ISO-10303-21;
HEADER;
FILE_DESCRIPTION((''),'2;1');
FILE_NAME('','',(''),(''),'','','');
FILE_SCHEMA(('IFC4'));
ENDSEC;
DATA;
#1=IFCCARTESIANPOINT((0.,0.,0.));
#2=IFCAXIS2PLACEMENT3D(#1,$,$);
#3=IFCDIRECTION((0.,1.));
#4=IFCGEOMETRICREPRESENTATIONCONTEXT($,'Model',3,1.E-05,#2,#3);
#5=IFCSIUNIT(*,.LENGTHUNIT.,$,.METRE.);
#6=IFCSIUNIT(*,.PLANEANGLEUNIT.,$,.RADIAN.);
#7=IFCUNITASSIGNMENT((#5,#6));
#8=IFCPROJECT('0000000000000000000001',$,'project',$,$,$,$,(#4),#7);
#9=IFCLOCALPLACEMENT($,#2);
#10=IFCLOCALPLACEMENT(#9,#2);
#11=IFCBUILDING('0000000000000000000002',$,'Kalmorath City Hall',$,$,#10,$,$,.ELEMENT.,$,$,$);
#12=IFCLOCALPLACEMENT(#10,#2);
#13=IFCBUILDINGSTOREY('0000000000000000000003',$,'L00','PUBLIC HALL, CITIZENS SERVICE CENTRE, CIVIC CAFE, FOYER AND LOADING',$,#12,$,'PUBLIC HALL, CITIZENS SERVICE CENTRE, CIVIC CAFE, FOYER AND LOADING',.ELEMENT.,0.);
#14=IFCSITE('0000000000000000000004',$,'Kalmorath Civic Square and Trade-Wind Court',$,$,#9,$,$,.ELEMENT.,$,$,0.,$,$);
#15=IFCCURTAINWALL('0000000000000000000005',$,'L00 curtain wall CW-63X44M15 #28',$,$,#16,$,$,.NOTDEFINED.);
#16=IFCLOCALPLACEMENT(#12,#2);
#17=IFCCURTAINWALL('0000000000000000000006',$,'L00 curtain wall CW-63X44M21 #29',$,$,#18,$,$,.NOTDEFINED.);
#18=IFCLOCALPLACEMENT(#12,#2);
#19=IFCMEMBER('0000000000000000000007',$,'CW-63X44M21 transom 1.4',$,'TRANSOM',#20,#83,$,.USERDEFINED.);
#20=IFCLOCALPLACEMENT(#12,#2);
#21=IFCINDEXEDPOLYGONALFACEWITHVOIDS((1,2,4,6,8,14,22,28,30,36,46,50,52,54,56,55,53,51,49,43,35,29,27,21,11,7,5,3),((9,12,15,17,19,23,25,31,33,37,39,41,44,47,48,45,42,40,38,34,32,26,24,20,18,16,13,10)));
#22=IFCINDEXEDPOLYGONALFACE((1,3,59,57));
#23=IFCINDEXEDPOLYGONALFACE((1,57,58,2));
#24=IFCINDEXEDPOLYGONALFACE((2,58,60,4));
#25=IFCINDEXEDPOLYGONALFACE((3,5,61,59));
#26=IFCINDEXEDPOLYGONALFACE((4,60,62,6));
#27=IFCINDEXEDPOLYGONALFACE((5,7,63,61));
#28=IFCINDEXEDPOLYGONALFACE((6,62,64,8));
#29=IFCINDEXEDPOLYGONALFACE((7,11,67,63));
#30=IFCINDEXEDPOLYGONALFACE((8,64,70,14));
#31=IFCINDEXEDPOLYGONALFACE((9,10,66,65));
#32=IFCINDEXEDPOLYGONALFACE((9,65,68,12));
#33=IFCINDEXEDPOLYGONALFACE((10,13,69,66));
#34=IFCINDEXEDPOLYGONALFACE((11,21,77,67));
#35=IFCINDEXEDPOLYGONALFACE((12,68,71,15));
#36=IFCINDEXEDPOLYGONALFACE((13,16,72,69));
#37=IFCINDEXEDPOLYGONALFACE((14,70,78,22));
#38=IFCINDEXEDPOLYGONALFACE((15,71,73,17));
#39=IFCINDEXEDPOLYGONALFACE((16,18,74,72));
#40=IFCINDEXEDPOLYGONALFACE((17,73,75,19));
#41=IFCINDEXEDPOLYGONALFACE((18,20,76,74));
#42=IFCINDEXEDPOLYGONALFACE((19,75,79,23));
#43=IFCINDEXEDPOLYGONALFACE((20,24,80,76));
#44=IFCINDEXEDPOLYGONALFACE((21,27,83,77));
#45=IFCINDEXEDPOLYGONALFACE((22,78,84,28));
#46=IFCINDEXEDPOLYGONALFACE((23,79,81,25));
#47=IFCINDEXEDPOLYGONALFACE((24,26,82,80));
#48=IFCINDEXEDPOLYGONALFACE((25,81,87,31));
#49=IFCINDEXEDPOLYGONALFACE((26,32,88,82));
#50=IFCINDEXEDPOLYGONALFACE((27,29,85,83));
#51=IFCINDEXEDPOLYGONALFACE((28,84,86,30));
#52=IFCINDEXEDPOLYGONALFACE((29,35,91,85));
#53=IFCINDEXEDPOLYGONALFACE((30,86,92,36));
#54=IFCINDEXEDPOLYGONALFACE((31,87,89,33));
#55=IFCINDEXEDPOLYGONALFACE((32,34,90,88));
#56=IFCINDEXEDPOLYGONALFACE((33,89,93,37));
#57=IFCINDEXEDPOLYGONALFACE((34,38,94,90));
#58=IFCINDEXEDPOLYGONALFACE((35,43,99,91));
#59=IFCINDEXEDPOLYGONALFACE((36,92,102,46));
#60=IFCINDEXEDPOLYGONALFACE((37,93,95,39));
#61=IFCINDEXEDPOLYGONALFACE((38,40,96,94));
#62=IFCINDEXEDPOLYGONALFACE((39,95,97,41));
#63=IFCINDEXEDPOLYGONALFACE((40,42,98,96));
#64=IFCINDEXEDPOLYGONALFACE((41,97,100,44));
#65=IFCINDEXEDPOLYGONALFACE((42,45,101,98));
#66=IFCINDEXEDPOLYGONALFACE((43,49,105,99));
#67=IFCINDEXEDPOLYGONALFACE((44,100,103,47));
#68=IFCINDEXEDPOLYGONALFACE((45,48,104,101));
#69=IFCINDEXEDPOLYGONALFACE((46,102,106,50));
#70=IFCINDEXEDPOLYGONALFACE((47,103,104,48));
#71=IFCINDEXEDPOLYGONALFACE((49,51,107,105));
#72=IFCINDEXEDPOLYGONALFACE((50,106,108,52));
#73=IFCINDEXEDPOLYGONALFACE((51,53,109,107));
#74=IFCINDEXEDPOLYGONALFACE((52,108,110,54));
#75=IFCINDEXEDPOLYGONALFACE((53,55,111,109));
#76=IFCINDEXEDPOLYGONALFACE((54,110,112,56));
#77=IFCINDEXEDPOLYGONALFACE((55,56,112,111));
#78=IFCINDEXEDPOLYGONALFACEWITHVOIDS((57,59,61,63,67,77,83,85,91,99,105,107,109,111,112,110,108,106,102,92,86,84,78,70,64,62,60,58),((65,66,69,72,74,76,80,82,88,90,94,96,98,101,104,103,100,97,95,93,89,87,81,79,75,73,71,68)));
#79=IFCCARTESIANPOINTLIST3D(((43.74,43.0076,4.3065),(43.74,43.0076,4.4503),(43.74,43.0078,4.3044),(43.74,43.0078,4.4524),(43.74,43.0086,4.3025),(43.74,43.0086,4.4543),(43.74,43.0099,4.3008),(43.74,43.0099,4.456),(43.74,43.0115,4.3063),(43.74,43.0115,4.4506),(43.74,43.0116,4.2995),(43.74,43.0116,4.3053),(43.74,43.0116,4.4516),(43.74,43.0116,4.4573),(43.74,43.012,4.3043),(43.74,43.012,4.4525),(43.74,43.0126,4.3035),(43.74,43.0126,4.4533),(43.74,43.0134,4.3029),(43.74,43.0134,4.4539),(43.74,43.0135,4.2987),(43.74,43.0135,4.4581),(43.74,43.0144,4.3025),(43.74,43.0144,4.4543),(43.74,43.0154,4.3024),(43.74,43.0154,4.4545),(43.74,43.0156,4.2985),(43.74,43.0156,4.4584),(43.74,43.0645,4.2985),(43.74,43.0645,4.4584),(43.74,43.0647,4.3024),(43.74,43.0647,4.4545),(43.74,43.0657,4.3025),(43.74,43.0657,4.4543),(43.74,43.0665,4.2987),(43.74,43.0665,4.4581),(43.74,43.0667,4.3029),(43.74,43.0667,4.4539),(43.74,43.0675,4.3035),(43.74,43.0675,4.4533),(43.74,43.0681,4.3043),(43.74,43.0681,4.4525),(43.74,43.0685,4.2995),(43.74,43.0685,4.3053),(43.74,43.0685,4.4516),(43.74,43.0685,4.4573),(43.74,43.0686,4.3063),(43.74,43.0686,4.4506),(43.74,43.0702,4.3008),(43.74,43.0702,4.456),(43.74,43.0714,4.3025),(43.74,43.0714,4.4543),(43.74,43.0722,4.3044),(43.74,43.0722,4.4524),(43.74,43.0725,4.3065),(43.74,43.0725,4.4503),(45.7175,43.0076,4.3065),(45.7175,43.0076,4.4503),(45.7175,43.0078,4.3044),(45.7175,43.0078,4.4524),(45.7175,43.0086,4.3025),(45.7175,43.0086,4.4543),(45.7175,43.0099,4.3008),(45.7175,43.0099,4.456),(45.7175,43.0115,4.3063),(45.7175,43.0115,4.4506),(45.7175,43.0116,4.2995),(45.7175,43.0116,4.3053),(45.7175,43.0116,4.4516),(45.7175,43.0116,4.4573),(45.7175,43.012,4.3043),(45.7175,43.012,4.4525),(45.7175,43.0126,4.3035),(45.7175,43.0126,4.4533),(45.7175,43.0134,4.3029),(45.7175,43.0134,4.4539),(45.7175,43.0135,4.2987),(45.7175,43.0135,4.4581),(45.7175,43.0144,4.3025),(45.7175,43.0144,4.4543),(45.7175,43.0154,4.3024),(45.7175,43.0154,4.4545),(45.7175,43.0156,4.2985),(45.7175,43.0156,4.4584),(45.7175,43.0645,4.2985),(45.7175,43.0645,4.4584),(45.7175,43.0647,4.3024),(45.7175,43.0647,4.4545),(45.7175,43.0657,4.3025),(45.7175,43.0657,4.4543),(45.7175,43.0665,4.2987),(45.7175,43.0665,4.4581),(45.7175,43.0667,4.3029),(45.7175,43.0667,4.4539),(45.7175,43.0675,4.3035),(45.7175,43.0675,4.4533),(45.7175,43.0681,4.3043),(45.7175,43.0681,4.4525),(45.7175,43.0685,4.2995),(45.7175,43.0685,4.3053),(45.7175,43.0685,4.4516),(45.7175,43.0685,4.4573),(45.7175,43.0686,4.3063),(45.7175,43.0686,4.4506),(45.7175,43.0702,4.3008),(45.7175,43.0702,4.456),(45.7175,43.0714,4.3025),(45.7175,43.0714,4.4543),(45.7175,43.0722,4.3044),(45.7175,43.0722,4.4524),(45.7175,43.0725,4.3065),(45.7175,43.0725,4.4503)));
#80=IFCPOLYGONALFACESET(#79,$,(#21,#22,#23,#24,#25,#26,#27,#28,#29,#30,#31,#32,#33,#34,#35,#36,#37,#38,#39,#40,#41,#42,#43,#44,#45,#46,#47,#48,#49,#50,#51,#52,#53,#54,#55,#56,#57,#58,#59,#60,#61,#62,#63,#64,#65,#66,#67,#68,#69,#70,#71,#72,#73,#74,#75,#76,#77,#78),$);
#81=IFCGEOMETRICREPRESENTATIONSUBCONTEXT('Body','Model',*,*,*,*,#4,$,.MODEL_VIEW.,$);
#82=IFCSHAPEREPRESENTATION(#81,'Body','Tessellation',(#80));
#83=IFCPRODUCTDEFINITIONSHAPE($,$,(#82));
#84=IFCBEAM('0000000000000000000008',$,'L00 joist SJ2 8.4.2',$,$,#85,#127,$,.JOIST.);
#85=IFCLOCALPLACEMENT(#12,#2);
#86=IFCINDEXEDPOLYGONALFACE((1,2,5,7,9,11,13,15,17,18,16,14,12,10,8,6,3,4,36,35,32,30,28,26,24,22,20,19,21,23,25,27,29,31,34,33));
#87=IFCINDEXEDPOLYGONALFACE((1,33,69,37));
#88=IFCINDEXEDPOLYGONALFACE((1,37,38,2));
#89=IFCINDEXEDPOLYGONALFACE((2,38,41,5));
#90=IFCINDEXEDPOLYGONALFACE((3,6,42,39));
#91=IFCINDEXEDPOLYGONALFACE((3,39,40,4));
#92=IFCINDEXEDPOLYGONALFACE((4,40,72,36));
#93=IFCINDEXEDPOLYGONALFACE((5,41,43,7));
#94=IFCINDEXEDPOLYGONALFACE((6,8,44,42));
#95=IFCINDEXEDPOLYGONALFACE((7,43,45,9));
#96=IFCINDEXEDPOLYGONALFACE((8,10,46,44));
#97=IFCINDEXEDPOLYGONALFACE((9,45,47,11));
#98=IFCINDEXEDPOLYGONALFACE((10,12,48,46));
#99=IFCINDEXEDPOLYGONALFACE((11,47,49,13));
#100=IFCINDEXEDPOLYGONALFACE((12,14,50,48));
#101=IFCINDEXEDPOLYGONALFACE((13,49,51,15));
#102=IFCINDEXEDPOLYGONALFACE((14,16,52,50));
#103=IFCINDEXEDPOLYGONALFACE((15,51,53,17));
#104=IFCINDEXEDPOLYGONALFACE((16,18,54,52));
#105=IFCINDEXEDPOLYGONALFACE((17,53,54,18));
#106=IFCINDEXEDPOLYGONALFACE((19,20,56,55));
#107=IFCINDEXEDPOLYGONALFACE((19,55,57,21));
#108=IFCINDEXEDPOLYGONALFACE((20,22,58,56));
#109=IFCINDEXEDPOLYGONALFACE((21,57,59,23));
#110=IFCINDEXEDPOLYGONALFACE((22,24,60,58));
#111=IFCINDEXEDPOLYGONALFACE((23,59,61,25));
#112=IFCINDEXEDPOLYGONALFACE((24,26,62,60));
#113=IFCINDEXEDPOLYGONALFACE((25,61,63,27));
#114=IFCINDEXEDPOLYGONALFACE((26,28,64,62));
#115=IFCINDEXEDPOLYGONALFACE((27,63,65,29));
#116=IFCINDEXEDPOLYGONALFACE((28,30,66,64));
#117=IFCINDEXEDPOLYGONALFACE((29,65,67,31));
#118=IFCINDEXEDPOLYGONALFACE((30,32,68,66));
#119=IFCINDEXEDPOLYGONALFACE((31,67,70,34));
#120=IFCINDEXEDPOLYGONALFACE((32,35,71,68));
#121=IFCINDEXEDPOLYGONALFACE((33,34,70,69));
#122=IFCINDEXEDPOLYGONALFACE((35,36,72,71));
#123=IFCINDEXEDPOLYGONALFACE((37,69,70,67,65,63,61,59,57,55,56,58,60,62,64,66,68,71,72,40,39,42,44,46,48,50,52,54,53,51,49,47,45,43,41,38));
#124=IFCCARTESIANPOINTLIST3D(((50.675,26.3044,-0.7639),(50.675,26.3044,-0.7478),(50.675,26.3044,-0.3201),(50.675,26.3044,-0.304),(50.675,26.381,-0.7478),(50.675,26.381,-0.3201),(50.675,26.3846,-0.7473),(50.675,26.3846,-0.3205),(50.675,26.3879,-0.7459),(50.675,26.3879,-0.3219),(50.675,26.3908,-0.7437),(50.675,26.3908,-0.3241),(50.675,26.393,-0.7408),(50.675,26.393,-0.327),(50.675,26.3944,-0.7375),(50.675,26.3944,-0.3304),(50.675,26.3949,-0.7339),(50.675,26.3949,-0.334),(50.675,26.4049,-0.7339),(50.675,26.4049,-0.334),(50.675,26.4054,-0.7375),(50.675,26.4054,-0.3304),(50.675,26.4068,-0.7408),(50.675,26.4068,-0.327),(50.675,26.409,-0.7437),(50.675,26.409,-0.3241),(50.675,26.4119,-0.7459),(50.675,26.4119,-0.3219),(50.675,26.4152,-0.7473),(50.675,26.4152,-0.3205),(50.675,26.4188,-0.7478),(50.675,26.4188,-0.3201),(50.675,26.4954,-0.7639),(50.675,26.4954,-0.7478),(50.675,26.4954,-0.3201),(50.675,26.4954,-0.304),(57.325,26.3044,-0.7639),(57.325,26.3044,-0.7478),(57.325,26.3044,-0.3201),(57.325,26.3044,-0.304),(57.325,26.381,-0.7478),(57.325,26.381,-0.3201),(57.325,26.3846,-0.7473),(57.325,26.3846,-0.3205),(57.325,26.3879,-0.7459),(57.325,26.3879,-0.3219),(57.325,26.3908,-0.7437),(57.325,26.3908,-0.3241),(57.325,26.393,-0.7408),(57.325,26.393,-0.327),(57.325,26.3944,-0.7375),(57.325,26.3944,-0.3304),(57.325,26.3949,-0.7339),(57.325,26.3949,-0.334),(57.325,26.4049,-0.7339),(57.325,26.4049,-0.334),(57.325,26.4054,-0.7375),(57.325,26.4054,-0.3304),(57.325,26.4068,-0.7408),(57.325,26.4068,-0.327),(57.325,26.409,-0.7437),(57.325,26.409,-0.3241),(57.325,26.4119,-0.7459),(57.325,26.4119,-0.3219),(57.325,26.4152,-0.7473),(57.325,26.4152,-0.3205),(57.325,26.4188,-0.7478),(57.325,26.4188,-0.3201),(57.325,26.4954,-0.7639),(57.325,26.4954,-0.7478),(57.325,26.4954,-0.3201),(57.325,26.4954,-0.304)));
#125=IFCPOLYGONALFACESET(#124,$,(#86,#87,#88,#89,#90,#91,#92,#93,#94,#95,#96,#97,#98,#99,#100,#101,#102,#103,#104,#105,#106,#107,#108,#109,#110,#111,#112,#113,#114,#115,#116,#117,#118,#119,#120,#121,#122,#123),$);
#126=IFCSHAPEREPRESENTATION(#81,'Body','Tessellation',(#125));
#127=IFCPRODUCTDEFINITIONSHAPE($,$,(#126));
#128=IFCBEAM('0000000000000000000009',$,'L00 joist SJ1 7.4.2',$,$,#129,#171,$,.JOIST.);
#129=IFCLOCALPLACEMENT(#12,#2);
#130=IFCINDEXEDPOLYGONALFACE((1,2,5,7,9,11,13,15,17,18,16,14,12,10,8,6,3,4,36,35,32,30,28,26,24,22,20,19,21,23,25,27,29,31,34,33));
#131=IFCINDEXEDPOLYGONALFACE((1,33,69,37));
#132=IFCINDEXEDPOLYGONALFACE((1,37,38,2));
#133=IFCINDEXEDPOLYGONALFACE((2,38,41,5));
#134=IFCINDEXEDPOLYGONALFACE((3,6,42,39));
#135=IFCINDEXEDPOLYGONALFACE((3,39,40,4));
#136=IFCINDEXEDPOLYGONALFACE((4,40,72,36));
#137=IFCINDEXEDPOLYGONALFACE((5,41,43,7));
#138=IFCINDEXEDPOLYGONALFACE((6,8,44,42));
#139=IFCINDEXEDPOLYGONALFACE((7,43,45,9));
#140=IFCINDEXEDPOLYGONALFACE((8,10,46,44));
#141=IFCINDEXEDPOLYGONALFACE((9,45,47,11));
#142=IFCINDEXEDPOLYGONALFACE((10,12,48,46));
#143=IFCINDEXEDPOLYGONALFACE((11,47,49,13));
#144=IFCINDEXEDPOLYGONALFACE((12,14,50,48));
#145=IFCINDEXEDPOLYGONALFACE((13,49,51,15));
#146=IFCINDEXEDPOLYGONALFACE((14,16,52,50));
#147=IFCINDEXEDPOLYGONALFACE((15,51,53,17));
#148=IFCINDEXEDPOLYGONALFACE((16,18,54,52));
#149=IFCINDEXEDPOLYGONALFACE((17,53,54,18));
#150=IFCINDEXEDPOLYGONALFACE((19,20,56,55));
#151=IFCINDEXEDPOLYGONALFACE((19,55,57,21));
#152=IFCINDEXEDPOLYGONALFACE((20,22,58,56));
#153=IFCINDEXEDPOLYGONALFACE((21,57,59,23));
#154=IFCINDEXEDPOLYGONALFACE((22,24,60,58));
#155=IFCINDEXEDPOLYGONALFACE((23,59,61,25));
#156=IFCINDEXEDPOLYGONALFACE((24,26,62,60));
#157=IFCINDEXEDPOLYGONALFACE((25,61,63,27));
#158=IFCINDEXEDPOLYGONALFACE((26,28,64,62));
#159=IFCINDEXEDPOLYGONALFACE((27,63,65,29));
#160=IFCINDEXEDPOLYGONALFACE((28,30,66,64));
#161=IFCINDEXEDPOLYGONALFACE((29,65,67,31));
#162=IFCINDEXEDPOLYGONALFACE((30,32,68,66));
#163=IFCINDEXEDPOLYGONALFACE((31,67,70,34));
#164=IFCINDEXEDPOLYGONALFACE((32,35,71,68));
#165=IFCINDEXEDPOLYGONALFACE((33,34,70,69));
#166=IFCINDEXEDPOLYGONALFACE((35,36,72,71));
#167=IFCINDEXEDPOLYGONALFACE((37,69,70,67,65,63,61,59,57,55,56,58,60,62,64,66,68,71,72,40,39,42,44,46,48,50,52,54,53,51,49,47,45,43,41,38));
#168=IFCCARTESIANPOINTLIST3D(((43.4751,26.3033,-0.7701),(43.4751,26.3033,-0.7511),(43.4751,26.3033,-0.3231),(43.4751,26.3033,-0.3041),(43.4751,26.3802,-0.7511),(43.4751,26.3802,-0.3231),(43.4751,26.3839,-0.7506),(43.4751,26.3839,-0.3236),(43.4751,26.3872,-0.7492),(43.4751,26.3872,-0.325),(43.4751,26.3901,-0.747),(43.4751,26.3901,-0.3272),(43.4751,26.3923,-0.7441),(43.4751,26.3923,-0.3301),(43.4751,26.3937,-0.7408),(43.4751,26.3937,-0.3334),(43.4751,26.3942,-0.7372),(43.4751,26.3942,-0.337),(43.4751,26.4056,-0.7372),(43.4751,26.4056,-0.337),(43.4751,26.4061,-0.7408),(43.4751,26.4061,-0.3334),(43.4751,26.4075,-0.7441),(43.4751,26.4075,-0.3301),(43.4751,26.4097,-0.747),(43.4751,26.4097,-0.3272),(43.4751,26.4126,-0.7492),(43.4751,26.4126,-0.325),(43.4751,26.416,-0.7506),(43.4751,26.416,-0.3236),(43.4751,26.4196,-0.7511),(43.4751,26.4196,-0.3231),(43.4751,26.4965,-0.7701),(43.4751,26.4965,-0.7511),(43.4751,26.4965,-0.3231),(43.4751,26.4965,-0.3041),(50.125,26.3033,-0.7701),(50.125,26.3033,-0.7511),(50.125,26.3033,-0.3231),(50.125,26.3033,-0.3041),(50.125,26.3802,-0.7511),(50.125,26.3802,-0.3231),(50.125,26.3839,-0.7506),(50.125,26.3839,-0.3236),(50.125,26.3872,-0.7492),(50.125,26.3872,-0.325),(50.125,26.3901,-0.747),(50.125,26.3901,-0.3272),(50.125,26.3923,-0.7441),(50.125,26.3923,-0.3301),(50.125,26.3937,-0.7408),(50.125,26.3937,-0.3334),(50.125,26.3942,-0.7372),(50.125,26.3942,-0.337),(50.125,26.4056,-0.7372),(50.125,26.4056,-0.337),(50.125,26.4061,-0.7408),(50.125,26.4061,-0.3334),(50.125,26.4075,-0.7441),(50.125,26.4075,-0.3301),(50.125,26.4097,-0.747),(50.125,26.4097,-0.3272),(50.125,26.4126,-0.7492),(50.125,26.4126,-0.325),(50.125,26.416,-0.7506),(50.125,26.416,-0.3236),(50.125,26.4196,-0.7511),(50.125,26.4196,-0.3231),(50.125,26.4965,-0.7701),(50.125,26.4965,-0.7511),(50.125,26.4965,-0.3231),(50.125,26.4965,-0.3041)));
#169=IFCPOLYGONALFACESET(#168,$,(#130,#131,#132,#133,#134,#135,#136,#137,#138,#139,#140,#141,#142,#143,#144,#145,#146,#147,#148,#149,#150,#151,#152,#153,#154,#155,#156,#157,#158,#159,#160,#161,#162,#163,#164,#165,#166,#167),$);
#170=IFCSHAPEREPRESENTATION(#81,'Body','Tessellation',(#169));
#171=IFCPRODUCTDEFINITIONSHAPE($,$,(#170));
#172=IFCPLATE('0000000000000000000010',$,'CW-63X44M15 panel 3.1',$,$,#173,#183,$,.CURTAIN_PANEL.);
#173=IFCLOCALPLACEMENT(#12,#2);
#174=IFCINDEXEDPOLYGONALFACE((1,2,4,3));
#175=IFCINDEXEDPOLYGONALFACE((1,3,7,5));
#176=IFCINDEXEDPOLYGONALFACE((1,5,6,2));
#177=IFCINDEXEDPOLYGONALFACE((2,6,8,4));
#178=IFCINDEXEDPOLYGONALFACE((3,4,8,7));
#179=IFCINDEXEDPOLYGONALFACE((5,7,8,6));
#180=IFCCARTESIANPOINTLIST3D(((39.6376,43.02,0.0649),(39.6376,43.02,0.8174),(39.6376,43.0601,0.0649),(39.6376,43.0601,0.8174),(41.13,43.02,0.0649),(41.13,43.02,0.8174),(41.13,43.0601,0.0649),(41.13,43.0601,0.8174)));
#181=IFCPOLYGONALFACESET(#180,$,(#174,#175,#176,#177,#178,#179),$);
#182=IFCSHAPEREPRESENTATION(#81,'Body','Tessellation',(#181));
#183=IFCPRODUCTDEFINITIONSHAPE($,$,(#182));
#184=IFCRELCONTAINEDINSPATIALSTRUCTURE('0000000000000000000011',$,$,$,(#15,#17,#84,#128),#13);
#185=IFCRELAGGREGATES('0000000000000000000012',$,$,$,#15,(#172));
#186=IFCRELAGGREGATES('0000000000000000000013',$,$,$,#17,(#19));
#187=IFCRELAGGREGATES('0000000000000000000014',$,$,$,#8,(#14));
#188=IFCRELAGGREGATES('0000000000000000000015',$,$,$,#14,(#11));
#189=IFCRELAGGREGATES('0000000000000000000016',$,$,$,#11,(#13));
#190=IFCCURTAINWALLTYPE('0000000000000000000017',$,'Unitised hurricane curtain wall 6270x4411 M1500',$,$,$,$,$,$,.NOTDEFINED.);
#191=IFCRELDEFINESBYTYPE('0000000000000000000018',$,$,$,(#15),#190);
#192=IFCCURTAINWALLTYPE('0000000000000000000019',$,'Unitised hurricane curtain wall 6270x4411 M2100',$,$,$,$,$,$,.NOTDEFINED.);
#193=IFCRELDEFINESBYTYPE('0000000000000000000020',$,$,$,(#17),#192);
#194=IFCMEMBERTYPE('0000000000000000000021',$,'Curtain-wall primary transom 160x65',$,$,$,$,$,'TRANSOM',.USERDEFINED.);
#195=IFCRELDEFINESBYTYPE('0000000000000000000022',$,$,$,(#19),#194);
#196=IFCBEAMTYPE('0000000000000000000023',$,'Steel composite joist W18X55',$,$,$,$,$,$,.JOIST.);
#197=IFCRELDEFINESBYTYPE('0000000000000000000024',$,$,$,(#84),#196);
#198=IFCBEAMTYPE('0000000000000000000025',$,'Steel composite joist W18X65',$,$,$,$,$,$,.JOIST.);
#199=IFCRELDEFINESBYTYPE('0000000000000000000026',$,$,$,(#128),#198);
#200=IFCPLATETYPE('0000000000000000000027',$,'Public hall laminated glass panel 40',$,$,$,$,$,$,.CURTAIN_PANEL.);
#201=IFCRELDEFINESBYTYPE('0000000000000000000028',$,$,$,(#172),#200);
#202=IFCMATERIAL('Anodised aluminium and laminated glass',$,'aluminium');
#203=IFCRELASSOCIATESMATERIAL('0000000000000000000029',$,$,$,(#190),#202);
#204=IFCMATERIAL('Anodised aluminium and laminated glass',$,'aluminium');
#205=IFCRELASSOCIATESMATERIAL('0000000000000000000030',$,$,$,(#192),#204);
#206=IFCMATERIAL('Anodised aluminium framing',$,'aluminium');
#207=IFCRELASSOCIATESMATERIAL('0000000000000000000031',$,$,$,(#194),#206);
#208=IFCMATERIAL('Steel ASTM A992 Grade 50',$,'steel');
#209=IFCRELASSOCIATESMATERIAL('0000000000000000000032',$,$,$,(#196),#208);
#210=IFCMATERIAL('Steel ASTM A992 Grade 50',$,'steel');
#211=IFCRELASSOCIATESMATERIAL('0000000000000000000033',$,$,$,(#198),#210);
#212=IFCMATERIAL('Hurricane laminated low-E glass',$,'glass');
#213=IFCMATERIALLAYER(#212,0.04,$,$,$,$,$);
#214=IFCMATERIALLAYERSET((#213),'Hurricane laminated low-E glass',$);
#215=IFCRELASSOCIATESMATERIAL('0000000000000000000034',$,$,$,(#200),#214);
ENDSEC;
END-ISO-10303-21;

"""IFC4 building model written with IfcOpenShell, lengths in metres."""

from ifc_helpers import new_model, si_unit, direction, frame, origin, origin_2d, place, context, subcontext, project, spatial, rectangle, hollow_rectangle, i_section, extrude, material, layer, layer_set, material_profile, profile_set, type_object, element, aggregate, save


model = new_model("IFC4")

# Units and contexts
model_context = context("Model", 3, precision=1e-05, world=origin(), true_north=direction((0.0, 1.0)))
body_context = subcontext(model_context, "Body", "Model", "MODEL_VIEW")
ifc_project = project(units=[si_unit("LENGTHUNIT", "METRE"), si_unit("PLANEANGLEUNIT", "RADIAN")], contexts=[model_context])

# Site, building, storey
site_placement = place(None, origin())
site = spatial("IfcSite", under=ifc_project, at=site_placement, Name="Kalmorath Civic Square and Trade-Wind Court", CompositionType="ELEMENT", RefElevation=0.0)
building_placement = place(site_placement, origin())
building = spatial("IfcBuilding", under=site, at=building_placement, Name="Kalmorath City Hall", CompositionType="ELEMENT")
storey_placement = place(building_placement, origin())
storey = spatial("IfcBuildingStorey", under=building, at=storey_placement, Name="L00", Description="PUBLIC HALL, CITIZENS SERVICE CENTRE, CIVIC CAFE, FOYER AND LOADING", LongName="PUBLIC HALL, CITIZENS SERVICE CENTRE, CIVIC CAFE, FOYER AND LOADING", CompositionType="ELEMENT", Elevation=0.0)

# Curtain wall
ifc_material_1 = material(Name="Anodised aluminium and laminated glass", Category="aluminium")
curtain_wall_type_1 = type_object("IfcCurtainWallType", Name="Unitised hurricane curtain wall 6270x4411 M1500", PredefinedType="NOTDEFINED", material=ifc_material_1)
curtain_wall_1_placement = place(storey_placement, origin())
curtain_wall_1 = element("IfcCurtainWall", 1, at=curtain_wall_1_placement, inside=storey, type_object=curtain_wall_type_1, Name="L00 curtain wall CW-63X44M15 #28", PredefinedType="NOTDEFINED")

# Curtain wall
ifc_material_2 = material(Name="Anodised aluminium and laminated glass", Category="aluminium")
curtain_wall_type_2 = type_object("IfcCurtainWallType", Name="Unitised hurricane curtain wall 6270x4411 M2100", PredefinedType="NOTDEFINED", material=ifc_material_2)
curtain_wall_2_placement = place(storey_placement, origin())
curtain_wall_2 = element("IfcCurtainWall", 2, at=curtain_wall_2_placement, inside=storey, type_object=curtain_wall_type_2, Name="L00 curtain wall CW-63X44M21 #29", PredefinedType="NOTDEFINED")

# Member
ifc_material_3 = material(Name="Anodised aluminium framing", Category="aluminium")
ifc_material_profile_1 = material_profile(ifc_material_3, hollow_rectangle(XDim=0.0649, YDim=0.1599, WallThickness=0.0039, InnerFilletRadius=0.0039, OuterFilletRadius=0.0081, at=origin_2d()), Name="ALU-TRN-160X65X4")
ifc_profile_set_1 = profile_set([ifc_material_profile_1], Name="Anodised aluminium framing")
member_type_1 = type_object("IfcMemberType", Name="Curtain-wall primary transom 160x65", ElementType="TRANSOM", PredefinedType="USERDEFINED", material=ifc_profile_set_1)
member_1_placement = place(storey_placement, frame((43.74, 43.04, 4.3784), z_axis=(1.0, 0.0, 0.0), x_axis=(0.0, 1.0, 0.0)))
member_1 = element("IfcMember", 3, at=member_1_placement, type_object=member_type_1, Name="CW-63X44M21 transom 1.4", ObjectType="TRANSOM", PredefinedType="USERDEFINED", context=body_context, shape_type="SweptSolid", body=[
    extrude(hollow_rectangle(XDim=0.0649, YDim=0.1599, WallThickness=0.0039, InnerFilletRadius=0.0039, OuterFilletRadius=0.0081, at=origin_2d()), origin(), (0.0, 0.0, 1.0), 1.9775),
])

# Beams
ifc_material_4 = material(Name="Steel ASTM A992 Grade 50", Category="steel")
ifc_material_profile_2 = material_profile(ifc_material_4, i_section(OverallWidth=0.1909, OverallDepth=0.46, WebThickness=0.01, FlangeThickness=0.0161, FilletRadius=0.0139, at=origin_2d()), Name="W18X55")
ifc_profile_set_2 = profile_set([ifc_material_profile_2], Name="Steel ASTM A992 Grade 50")
beam_type_1 = type_object("IfcBeamType", Name="Steel composite joist W18X55", PredefinedType="JOIST", material=ifc_profile_set_2)
beam_1_placement = place(storey_placement, frame((50.675, 26.3999, -0.5339), z_axis=(1.0, 0.0, 0.0), x_axis=(0.0, 1.0, 0.0)))
element("IfcBeam", 4, at=beam_1_placement, inside=storey, type_object=beam_type_1, Name="L00 joist SJ2 8.4.2", PredefinedType="JOIST", context=body_context, shape_type="SweptSolid", body=[
    extrude(i_section(OverallWidth=0.1909, OverallDepth=0.46, WebThickness=0.01, FlangeThickness=0.0161, FilletRadius=0.0139, at=origin_2d()), origin(), (0.0, 0.0, 1.0), 6.6499),
])
ifc_material_5 = material(Name="Steel ASTM A992 Grade 50", Category="steel")
ifc_material_profile_3 = material_profile(ifc_material_5, i_section(OverallWidth=0.1931, OverallDepth=0.4661, WebThickness=0.0115, FlangeThickness=0.019, FilletRadius=0.0139, at=origin_2d()), Name="W18X65")
ifc_profile_set_3 = profile_set([ifc_material_profile_3], Name="Steel ASTM A992 Grade 50")
beam_type_2 = type_object("IfcBeamType", Name="Steel composite joist W18X65", PredefinedType="JOIST", material=ifc_profile_set_3)
beam_2_placement = place(storey_placement, frame((43.4751, 26.3999, -0.5371), z_axis=(1.0, 0.0, 0.0), x_axis=(0.0, 1.0, 0.0)))
element("IfcBeam", 5, at=beam_2_placement, inside=storey, type_object=beam_type_2, Name="L00 joist SJ1 7.4.2", PredefinedType="JOIST", context=body_context, shape_type="SweptSolid", body=[
    extrude(i_section(OverallWidth=0.1931, OverallDepth=0.4661, WebThickness=0.0115, FlangeThickness=0.019, FilletRadius=0.0139, at=origin_2d()), origin(), (0.0, 0.0, 1.0), 6.6499),
])

# Plate
ifc_material_6 = material(Name="Hurricane laminated low-E glass", Category="glass")
ifc_layer = layer(ifc_material_6, 0.04)
ifc_layer_set = layer_set([ifc_layer], Name="Hurricane laminated low-E glass")
plate_type = type_object("IfcPlateType", Name="Public hall laminated glass panel 40", PredefinedType="CURTAIN_PANEL", material=ifc_layer_set)
plate_1_placement = place(storey_placement, frame((40.3838, 43.04, 0.0649), z_axis=(0.0, 0.0, 1.0), x_axis=(1.0, 0.0, 0.0)))
plate_1 = element("IfcPlate", 6, at=plate_1_placement, type_object=plate_type, Name="CW-63X44M15 panel 3.1", PredefinedType="CURTAIN_PANEL", context=body_context, shape_type="SweptSolid", body=[
    extrude(rectangle(XDim=1.4924, YDim=0.04, at=origin_2d()), origin(), (0.0, 0.0, 1.0), 0.7524),
])
aggregate(curtain_wall_1, [plate_1])
aggregate(curtain_wall_2, [member_1])

save(model, "model.ifc")
